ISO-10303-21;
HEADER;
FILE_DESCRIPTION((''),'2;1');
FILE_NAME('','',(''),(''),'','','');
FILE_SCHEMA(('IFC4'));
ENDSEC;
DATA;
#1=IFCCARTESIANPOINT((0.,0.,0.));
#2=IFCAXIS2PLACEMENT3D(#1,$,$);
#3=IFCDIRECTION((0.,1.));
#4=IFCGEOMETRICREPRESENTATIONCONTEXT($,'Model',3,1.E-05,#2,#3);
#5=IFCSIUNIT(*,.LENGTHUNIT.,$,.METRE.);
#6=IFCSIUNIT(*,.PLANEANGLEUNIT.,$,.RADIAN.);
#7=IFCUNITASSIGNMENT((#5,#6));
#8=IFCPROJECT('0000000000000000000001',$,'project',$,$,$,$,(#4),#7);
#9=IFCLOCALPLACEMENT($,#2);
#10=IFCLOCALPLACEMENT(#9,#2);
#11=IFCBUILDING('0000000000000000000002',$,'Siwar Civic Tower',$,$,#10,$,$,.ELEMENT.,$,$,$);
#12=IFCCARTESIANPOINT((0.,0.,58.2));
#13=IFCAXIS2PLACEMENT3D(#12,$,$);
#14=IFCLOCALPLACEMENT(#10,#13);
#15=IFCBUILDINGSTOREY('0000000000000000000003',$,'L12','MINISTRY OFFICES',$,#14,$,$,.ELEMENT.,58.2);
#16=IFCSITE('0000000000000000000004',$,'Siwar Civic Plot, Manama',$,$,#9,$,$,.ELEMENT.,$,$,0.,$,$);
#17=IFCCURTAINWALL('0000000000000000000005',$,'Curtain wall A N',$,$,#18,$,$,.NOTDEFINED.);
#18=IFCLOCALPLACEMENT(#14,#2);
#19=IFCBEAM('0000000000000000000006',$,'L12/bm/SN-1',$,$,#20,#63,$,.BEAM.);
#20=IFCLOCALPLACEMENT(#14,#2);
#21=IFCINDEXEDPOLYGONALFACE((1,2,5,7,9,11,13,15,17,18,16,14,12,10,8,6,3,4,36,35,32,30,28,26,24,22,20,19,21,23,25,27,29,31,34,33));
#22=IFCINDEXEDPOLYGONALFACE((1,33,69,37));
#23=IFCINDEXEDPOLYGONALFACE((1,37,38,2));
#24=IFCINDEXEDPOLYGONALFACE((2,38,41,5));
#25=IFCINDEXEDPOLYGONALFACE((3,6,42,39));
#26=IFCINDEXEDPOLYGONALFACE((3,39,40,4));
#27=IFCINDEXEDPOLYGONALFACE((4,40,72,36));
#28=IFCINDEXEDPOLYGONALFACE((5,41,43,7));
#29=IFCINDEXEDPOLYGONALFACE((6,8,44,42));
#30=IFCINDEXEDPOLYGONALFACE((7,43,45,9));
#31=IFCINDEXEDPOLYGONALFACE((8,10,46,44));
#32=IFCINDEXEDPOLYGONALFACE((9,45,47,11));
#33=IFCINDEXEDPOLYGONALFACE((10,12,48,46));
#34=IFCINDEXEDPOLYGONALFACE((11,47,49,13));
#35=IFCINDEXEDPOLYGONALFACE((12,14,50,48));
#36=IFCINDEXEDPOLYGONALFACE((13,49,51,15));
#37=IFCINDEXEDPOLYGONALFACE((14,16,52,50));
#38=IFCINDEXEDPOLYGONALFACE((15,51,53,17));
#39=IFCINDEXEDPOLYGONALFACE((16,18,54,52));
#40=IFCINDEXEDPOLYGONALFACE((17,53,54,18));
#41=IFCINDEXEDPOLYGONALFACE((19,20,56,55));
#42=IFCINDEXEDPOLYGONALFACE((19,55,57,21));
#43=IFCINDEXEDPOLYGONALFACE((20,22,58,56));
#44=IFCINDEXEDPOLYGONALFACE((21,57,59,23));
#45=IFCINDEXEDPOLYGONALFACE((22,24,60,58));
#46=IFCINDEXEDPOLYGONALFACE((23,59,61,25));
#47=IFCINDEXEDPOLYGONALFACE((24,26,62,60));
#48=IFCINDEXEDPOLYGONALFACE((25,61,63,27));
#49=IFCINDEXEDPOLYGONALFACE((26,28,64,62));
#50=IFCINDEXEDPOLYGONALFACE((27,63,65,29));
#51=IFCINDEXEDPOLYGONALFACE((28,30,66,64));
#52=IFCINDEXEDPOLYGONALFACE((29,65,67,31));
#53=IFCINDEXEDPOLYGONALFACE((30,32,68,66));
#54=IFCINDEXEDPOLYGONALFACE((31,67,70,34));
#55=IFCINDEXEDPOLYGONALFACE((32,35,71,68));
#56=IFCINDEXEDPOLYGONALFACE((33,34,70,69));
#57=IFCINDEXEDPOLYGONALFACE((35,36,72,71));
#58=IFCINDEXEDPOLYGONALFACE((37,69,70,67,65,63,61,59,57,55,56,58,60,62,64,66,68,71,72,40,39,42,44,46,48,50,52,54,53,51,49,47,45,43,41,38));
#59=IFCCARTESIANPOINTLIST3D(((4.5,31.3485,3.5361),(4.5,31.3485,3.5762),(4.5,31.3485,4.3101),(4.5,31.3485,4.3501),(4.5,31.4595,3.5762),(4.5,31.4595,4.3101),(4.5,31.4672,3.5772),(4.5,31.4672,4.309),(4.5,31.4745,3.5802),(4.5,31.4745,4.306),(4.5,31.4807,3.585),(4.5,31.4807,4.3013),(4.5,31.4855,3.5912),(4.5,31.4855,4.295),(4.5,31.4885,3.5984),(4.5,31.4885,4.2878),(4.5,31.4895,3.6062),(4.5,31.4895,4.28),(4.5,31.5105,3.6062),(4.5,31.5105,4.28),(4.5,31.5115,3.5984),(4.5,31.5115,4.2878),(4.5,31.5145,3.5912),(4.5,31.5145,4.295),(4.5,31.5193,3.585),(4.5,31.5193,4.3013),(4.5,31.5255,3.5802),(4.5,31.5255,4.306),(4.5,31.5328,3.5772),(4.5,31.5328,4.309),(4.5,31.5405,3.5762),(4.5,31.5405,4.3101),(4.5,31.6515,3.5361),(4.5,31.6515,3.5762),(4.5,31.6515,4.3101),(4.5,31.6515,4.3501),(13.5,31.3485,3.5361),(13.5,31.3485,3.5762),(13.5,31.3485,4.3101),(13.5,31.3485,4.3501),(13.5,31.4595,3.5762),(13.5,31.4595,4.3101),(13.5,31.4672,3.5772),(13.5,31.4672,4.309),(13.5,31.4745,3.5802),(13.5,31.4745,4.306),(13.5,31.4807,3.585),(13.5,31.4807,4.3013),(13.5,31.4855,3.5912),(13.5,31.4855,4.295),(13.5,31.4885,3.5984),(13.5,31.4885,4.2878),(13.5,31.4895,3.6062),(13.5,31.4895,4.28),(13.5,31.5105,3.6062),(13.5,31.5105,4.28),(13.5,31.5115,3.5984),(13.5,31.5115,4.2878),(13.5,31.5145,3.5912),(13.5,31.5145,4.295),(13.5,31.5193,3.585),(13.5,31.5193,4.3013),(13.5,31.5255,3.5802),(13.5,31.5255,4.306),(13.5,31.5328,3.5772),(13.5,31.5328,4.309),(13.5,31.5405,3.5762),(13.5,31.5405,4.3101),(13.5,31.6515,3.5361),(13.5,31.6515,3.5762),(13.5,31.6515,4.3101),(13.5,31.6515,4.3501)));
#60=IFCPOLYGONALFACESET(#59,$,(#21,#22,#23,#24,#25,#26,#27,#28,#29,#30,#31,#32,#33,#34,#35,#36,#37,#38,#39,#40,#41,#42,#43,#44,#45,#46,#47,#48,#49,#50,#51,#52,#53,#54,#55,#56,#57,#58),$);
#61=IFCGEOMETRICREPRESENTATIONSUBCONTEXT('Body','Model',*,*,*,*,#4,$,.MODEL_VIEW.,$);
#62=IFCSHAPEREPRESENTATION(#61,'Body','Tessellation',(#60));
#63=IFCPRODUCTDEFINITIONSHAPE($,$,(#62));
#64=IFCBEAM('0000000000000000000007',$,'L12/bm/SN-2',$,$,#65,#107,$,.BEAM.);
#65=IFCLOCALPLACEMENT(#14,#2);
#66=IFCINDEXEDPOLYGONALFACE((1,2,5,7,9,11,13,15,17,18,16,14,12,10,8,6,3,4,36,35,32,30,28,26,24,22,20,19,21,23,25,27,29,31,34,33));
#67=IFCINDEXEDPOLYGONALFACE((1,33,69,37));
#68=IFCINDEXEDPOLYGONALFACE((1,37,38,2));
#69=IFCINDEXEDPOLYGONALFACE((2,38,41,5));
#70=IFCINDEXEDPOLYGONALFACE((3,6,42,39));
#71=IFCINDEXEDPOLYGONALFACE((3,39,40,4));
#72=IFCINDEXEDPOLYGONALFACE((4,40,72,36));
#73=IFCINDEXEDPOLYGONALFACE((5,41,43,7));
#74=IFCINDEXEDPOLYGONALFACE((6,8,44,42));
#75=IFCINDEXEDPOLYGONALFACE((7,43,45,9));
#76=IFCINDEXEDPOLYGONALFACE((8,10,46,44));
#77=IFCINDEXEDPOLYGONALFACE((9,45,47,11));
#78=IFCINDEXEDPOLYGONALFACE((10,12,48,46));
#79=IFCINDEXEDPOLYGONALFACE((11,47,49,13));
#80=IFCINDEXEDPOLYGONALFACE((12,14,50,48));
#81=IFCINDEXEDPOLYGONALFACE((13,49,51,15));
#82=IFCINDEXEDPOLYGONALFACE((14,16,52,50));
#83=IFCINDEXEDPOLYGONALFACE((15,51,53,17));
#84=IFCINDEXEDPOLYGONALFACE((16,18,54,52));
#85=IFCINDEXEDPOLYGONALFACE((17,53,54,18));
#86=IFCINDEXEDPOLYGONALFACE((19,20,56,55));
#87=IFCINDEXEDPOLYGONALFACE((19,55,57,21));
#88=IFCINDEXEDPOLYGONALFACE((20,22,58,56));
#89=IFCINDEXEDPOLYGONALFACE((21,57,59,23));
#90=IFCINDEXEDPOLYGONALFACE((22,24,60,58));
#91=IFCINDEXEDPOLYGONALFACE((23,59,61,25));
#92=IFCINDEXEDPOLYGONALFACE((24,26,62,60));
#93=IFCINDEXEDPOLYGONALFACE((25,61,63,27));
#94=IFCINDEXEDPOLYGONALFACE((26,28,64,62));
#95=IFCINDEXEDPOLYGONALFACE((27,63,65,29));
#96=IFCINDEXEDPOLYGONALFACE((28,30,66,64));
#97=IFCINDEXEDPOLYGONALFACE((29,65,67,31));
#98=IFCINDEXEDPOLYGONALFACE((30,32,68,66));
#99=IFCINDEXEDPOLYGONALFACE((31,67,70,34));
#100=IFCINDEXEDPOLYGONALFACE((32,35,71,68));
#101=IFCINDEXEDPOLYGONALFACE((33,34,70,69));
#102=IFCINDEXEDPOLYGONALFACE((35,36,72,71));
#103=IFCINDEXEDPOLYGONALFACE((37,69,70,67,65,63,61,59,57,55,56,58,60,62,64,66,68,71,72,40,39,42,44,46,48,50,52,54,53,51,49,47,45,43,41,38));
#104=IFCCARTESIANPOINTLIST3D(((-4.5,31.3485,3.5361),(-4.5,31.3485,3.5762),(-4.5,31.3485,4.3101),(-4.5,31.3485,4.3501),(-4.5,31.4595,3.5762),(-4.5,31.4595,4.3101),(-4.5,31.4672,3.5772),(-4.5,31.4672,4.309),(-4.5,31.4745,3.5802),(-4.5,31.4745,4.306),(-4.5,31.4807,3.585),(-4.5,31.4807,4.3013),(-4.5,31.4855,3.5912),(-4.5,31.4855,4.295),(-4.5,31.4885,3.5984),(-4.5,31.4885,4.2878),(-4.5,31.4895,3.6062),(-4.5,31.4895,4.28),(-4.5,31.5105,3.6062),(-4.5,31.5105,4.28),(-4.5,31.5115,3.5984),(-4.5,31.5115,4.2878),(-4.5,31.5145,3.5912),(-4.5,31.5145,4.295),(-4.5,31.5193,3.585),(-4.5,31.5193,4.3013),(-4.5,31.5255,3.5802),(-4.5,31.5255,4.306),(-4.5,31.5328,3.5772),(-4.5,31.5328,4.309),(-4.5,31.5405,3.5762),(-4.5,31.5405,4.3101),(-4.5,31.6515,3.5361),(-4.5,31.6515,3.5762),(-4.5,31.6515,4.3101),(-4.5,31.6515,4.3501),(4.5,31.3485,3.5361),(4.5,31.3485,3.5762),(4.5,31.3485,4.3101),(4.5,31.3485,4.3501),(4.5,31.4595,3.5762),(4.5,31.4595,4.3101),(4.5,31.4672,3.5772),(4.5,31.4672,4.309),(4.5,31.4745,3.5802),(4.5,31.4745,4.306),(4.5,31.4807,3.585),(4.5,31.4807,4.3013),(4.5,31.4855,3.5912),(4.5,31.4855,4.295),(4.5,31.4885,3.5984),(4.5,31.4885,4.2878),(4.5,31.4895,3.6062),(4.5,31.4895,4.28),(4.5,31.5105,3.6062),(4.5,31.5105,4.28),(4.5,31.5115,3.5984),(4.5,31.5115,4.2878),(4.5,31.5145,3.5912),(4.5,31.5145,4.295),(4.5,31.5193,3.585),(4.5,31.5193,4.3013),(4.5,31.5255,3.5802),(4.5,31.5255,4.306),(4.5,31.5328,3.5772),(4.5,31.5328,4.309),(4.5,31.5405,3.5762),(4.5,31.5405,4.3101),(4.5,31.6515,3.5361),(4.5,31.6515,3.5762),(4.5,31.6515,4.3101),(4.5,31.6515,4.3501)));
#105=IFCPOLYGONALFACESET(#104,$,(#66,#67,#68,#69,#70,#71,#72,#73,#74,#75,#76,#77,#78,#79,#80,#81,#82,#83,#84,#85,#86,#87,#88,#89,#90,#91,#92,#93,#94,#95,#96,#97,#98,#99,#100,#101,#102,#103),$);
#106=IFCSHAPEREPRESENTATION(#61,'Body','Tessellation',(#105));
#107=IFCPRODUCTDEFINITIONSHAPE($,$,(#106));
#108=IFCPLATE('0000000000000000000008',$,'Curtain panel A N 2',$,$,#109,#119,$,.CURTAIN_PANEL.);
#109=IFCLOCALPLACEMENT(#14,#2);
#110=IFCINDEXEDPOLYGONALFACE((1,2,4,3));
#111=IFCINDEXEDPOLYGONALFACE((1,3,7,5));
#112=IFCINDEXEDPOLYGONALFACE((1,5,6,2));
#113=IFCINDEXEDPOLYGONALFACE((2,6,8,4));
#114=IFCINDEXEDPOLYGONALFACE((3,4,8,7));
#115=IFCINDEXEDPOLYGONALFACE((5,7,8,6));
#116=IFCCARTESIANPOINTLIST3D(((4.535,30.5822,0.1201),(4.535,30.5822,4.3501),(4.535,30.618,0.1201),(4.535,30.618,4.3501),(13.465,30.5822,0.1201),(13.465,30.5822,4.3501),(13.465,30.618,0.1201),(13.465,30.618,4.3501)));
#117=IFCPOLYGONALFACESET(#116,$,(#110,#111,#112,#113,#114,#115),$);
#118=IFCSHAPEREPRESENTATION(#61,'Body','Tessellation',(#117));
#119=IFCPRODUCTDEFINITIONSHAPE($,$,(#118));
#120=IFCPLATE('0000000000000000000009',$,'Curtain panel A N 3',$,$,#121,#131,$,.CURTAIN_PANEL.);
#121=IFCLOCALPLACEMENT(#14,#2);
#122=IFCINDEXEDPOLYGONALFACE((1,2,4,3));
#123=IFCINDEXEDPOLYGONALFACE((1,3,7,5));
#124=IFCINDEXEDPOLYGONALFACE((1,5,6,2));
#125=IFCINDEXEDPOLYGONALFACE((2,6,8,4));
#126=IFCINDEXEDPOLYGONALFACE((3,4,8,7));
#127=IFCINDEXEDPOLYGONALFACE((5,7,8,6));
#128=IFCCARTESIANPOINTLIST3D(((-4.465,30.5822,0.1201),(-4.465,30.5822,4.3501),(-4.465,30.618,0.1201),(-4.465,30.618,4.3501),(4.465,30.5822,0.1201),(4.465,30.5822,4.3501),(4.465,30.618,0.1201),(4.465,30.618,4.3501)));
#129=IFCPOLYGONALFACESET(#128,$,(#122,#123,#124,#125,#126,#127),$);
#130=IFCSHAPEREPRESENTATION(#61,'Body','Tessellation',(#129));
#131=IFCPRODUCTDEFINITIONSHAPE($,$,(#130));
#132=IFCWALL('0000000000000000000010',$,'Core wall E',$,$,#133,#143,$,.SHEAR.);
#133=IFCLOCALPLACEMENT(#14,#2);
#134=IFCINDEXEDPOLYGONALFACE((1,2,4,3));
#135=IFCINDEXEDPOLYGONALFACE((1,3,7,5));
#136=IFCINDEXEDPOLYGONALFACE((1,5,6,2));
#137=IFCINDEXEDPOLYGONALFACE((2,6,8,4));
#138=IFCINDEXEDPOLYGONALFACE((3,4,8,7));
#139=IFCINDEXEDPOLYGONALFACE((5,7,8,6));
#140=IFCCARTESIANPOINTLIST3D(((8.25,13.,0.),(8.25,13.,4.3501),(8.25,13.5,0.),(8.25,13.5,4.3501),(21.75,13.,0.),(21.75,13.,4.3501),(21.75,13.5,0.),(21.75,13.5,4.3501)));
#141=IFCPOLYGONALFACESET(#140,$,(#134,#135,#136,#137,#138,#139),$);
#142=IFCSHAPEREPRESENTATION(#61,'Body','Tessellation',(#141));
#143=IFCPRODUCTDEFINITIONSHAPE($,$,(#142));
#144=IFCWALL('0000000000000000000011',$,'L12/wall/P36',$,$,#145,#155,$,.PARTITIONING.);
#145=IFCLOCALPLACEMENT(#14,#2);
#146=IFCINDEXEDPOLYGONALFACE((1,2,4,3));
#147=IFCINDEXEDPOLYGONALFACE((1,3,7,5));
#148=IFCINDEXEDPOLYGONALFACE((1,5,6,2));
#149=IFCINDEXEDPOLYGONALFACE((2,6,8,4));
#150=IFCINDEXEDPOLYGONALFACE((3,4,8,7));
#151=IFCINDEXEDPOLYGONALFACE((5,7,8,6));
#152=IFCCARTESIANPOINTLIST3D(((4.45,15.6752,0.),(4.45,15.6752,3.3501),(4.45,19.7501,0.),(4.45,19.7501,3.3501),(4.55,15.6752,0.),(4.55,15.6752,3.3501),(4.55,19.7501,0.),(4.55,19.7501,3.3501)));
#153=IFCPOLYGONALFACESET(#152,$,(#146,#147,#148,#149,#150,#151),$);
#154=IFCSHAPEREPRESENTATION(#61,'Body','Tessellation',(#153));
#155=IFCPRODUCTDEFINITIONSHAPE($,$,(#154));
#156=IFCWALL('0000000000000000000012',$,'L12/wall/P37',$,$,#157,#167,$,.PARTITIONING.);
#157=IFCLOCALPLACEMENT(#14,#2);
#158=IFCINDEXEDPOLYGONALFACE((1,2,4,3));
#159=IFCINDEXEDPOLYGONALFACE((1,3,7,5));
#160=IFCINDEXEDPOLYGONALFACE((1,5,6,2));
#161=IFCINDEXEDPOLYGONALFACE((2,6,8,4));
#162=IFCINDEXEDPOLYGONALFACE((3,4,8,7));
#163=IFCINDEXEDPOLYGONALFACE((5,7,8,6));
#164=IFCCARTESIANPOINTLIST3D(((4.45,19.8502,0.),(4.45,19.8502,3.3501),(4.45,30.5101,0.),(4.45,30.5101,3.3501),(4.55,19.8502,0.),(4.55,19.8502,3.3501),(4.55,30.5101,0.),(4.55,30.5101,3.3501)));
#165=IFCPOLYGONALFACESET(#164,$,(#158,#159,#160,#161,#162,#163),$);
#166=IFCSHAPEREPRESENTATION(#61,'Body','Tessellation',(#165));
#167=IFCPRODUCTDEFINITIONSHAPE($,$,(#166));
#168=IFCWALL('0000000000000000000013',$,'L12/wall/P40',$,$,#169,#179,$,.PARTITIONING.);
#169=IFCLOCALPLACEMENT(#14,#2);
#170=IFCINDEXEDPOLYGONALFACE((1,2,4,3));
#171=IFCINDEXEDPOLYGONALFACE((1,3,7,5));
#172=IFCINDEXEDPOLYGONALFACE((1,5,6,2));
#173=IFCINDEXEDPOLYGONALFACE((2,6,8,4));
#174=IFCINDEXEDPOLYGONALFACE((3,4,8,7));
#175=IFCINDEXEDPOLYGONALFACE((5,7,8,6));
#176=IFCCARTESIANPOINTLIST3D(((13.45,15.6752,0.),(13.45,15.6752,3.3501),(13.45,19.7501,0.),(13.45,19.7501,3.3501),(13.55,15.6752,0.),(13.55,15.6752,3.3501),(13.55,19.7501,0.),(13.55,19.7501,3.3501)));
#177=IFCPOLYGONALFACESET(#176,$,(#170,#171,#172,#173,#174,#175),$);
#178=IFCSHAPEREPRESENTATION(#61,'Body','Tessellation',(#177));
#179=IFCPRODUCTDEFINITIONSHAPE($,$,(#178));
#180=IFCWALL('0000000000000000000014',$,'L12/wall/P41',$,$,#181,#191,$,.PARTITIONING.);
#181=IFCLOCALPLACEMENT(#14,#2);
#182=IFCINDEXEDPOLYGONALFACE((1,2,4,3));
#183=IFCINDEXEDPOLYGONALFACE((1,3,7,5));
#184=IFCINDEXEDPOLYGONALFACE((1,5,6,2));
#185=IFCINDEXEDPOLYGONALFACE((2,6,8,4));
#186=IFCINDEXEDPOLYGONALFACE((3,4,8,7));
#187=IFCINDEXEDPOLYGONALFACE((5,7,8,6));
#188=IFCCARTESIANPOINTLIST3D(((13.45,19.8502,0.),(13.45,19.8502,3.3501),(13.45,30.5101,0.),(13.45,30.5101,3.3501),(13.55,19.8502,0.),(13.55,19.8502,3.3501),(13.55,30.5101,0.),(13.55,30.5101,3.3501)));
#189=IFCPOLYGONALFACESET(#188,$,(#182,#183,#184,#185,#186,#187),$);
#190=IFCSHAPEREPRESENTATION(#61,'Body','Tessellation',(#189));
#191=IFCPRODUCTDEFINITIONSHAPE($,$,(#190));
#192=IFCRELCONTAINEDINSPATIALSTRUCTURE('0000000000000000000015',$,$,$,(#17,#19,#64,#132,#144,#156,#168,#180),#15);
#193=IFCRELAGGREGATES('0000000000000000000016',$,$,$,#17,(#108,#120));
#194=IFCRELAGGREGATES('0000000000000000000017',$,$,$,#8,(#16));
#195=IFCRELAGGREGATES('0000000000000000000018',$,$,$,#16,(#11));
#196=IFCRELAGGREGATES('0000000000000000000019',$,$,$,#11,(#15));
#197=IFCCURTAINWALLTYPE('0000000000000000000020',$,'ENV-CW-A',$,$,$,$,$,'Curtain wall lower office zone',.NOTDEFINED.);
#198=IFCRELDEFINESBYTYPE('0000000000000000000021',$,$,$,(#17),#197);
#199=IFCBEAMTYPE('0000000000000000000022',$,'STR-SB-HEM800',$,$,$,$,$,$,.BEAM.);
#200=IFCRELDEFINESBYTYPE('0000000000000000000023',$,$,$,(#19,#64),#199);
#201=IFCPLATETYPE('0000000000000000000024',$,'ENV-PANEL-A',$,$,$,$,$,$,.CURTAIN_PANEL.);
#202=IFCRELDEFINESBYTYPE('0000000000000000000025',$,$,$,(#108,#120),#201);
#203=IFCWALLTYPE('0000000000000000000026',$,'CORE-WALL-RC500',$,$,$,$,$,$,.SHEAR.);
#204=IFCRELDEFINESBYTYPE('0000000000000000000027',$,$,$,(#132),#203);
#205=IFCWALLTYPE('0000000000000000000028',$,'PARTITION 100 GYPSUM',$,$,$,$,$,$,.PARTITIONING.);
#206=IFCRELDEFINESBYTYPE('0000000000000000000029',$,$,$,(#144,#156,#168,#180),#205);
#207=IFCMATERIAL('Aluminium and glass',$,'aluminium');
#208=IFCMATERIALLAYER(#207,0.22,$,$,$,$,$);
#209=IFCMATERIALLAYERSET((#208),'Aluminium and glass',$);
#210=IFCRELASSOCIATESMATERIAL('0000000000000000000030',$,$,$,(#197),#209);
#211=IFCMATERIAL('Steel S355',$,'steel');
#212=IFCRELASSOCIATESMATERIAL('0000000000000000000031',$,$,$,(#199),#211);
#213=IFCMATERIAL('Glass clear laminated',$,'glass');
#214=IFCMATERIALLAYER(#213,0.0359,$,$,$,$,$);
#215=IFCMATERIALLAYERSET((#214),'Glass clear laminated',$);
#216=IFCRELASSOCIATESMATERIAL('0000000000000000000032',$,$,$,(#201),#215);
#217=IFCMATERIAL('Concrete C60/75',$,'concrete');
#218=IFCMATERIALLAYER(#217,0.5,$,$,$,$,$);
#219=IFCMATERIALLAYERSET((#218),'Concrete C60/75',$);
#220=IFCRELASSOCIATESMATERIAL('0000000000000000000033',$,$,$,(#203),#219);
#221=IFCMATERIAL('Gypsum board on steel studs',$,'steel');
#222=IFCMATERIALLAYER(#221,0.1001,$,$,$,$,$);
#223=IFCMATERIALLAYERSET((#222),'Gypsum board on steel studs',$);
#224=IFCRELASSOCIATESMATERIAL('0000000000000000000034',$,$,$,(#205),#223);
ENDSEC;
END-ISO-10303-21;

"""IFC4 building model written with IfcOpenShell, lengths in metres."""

from ifc_helpers import new_model, si_unit, direction, frame, frame_2d, origin, origin_2d, place, context, subcontext, project, spatial, rectangle, i_section, extrude, material, layer, layer_set, material_profile, profile_set, type_object, element, aggregate, save


model = new_model("IFC4")

# Units and contexts
model_context = context("Model", 3, precision=1e-05, world=origin(), true_north=direction((0.0, 1.0)))
body_context = subcontext(model_context, "Body", "Model", "MODEL_VIEW")
ifc_project = project(units=[si_unit("LENGTHUNIT", "METRE"), si_unit("PLANEANGLEUNIT", "RADIAN")], contexts=[model_context])

# Site, building, storey
site_placement = place(None, origin())
site = spatial("IfcSite", under=ifc_project, at=site_placement, Name="Siwar Civic Plot, Manama", CompositionType="ELEMENT", RefElevation=0.0)
building_placement = place(site_placement, origin())
building = spatial("IfcBuilding", under=site, at=building_placement, Name="Siwar Civic Tower", CompositionType="ELEMENT")
storey_placement = place(building_placement, frame((0.0, 0.0, 58.2)))
storey = spatial("IfcBuildingStorey", under=building, at=storey_placement, Name="L12", Description="MINISTRY OFFICES", CompositionType="ELEMENT", Elevation=58.2)

# Curtain wall
ifc_material_1 = material(Name="Aluminium and glass", Category="aluminium")
ifc_layer_1 = layer(ifc_material_1, 0.22)
ifc_layer_set_1 = layer_set([ifc_layer_1], Name="Aluminium and glass")
curtain_wall_type = type_object("IfcCurtainWallType", Name="ENV-CW-A", ElementType="Curtain wall lower office zone", PredefinedType="NOTDEFINED", material=ifc_layer_set_1)
curtain_wall_placement = place(storey_placement, origin())
curtain_wall = element("IfcCurtainWall", 1, at=curtain_wall_placement, inside=storey, type_object=curtain_wall_type, Name="Curtain wall A N", PredefinedType="NOTDEFINED")

# Beams
ifc_material_2 = material(Name="Steel S355", Category="steel")
ifc_material_profile_1 = material_profile(ifc_material_2, i_section(OverallWidth=0.303, OverallDepth=0.814, WebThickness=0.021, FlangeThickness=0.04, FilletRadius=0.03, at=origin_2d()), Name="HEM800")
ifc_profile_set_1 = profile_set([ifc_material_profile_1], Name="Steel S355")
beam_type_1 = type_object("IfcBeamType", Name="STR-SB-HEM800", PredefinedType="BEAM", material=ifc_profile_set_1)
for number, where, z_axis, x_axis, name in (
    (2, (13.5, 31.5, 3.9431), (-1.0, 0.0, 0.0), (0.0, -1.0, 0.0), "L12/bm/SN-1"),
    (3, (4.5, 31.5, 3.9431), (-1.0, 0.0, 0.0), (0.0, -1.0, 0.0), "L12/bm/SN-2"),
):
    element("IfcBeam", number, at=place(storey_placement, frame(where, z_axis=z_axis, x_axis=x_axis)), inside=storey, type_object=beam_type_1, Name=name, PredefinedType="BEAM", context=body_context, shape_type="SweptSolid", body=[
        extrude(i_section(OverallWidth=0.303, OverallDepth=0.814, WebThickness=0.021, FlangeThickness=0.04, FilletRadius=0.03, at=origin_2d()), origin(), (0.0, 0.0, 1.0), 9.0),
    ])

# Plates
ifc_material_3 = material(Name="Glass clear laminated", Category="glass")
ifc_layer_2 = layer(ifc_material_3, 0.0359)
ifc_layer_set_2 = layer_set([ifc_layer_2], Name="Glass clear laminated")
plate_type = type_object("IfcPlateType", Name="ENV-PANEL-A", PredefinedType="CURTAIN_PANEL", material=ifc_layer_set_2)
plate_1_placement = place(storey_placement, frame((9.0, 30.6001, 0.1201), z_axis=(0.0, 0.0, 1.0), x_axis=(-1.0, 0.0, 0.0)))
plate_1 = element("IfcPlate", 4, at=plate_1_placement, type_object=plate_type, Name="Curtain panel A N 2", PredefinedType="CURTAIN_PANEL", context=body_context, shape_type="SweptSolid", body=[
    extrude(rectangle(XDim=8.9299, YDim=0.0359, at=origin_2d()), origin(), (0.0, 0.0, 1.0), 4.23),
])
plate_2_placement = place(storey_placement, frame((0.0, 30.6001, 0.1201), z_axis=(0.0, 0.0, 1.0), x_axis=(-1.0, 0.0, 0.0)))
plate_2 = element("IfcPlate", 5, at=plate_2_placement, type_object=plate_type, Name="Curtain panel A N 3", PredefinedType="CURTAIN_PANEL", context=body_context, shape_type="SweptSolid", body=[
    extrude(rectangle(XDim=8.9299, YDim=0.0359, at=origin_2d()), origin(), (0.0, 0.0, 1.0), 4.23),
])
aggregate(curtain_wall, [plate_1, plate_2])

# Walls
ifc_material_4 = material(Name="Concrete C60/75", Category="concrete")
ifc_layer_3 = layer(ifc_material_4, 0.5)
ifc_layer_set_3 = layer_set([ifc_layer_3], Name="Concrete C60/75")
wall_type_1 = type_object("IfcWallType", Name="CORE-WALL-RC500", PredefinedType="SHEAR", material=ifc_layer_set_3)
wall_1_placement = place(storey_placement, frame((8.25, 13.25, 0.0), z_axis=(0.0, 0.0, 1.0), x_axis=(1.0, 0.0, 0.0)))
element("IfcWall", 6, at=wall_1_placement, inside=storey, type_object=wall_type_1, Name="Core wall E", PredefinedType="SHEAR", context=body_context, shape_type="SweptSolid", body=[
    extrude(rectangle(XDim=13.5, YDim=0.5, at=frame_2d((6.75, 0.0))), origin(), (0.0, 0.0, 1.0), 4.3501),
])
ifc_material_5 = material(Name="Gypsum board on steel studs", Category="steel")
ifc_layer_4 = layer(ifc_material_5, 0.1001)
ifc_layer_set_4 = layer_set([ifc_layer_4], Name="Gypsum board on steel studs")
wall_type_2 = type_object("IfcWallType", Name="PARTITION 100 GYPSUM", PredefinedType="PARTITIONING", material=ifc_layer_set_4)
wall_2_placement = place(storey_placement, frame((4.5, 15.675, 0.0), z_axis=(0.0, 0.0, 1.0), x_axis=(0.0, 1.0, 0.0)))
element("IfcWall", 7, at=wall_2_placement, inside=storey, type_object=wall_type_2, Name="L12/wall/P36", PredefinedType="PARTITIONING", context=body_context, shape_type="SweptSolid", body=[
    extrude(rectangle(XDim=4.075, YDim=0.1001, at=frame_2d((2.0376, 0.0))), origin(), (0.0, 0.0, 1.0), 3.3501),
])
wall_3_placement = place(storey_placement, frame((4.5, 19.8501, 0.0), z_axis=(0.0, 0.0, 1.0), x_axis=(0.0, 1.0, 0.0)))
element("IfcWall", 8, at=wall_3_placement, inside=storey, type_object=wall_type_2, Name="L12/wall/P37", PredefinedType="PARTITIONING", context=body_context, shape_type="SweptSolid", body=[
    extrude(rectangle(XDim=10.6599, YDim=0.1001, at=frame_2d((5.3301, 0.0))), origin(), (0.0, 0.0, 1.0), 3.3501),
])
wall_4_placement = place(storey_placement, frame((13.5, 15.675, 0.0), z_axis=(0.0, 0.0, 1.0), x_axis=(0.0, 1.0, 0.0)))
element("IfcWall", 9, at=wall_4_placement, inside=storey, type_object=wall_type_2, Name="L12/wall/P40", PredefinedType="PARTITIONING", context=body_context, shape_type="SweptSolid", body=[
    extrude(rectangle(XDim=4.075, YDim=0.1001, at=frame_2d((2.0376, 0.0))), origin(), (0.0, 0.0, 1.0), 3.3501),
])
wall_5_placement = place(storey_placement, frame((13.5, 19.8501, 0.0), z_axis=(0.0, 0.0, 1.0), x_axis=(0.0, 1.0, 0.0)))
element("IfcWall", 10, at=wall_5_placement, inside=storey, type_object=wall_type_2, Name="L12/wall/P41", PredefinedType="PARTITIONING", context=body_context, shape_type="SweptSolid", body=[
    extrude(rectangle(XDim=10.6599, YDim=0.1001, at=frame_2d((5.3301, 0.0))), origin(), (0.0, 0.0, 1.0), 3.3501),
])

save(model, "model.ifc")
